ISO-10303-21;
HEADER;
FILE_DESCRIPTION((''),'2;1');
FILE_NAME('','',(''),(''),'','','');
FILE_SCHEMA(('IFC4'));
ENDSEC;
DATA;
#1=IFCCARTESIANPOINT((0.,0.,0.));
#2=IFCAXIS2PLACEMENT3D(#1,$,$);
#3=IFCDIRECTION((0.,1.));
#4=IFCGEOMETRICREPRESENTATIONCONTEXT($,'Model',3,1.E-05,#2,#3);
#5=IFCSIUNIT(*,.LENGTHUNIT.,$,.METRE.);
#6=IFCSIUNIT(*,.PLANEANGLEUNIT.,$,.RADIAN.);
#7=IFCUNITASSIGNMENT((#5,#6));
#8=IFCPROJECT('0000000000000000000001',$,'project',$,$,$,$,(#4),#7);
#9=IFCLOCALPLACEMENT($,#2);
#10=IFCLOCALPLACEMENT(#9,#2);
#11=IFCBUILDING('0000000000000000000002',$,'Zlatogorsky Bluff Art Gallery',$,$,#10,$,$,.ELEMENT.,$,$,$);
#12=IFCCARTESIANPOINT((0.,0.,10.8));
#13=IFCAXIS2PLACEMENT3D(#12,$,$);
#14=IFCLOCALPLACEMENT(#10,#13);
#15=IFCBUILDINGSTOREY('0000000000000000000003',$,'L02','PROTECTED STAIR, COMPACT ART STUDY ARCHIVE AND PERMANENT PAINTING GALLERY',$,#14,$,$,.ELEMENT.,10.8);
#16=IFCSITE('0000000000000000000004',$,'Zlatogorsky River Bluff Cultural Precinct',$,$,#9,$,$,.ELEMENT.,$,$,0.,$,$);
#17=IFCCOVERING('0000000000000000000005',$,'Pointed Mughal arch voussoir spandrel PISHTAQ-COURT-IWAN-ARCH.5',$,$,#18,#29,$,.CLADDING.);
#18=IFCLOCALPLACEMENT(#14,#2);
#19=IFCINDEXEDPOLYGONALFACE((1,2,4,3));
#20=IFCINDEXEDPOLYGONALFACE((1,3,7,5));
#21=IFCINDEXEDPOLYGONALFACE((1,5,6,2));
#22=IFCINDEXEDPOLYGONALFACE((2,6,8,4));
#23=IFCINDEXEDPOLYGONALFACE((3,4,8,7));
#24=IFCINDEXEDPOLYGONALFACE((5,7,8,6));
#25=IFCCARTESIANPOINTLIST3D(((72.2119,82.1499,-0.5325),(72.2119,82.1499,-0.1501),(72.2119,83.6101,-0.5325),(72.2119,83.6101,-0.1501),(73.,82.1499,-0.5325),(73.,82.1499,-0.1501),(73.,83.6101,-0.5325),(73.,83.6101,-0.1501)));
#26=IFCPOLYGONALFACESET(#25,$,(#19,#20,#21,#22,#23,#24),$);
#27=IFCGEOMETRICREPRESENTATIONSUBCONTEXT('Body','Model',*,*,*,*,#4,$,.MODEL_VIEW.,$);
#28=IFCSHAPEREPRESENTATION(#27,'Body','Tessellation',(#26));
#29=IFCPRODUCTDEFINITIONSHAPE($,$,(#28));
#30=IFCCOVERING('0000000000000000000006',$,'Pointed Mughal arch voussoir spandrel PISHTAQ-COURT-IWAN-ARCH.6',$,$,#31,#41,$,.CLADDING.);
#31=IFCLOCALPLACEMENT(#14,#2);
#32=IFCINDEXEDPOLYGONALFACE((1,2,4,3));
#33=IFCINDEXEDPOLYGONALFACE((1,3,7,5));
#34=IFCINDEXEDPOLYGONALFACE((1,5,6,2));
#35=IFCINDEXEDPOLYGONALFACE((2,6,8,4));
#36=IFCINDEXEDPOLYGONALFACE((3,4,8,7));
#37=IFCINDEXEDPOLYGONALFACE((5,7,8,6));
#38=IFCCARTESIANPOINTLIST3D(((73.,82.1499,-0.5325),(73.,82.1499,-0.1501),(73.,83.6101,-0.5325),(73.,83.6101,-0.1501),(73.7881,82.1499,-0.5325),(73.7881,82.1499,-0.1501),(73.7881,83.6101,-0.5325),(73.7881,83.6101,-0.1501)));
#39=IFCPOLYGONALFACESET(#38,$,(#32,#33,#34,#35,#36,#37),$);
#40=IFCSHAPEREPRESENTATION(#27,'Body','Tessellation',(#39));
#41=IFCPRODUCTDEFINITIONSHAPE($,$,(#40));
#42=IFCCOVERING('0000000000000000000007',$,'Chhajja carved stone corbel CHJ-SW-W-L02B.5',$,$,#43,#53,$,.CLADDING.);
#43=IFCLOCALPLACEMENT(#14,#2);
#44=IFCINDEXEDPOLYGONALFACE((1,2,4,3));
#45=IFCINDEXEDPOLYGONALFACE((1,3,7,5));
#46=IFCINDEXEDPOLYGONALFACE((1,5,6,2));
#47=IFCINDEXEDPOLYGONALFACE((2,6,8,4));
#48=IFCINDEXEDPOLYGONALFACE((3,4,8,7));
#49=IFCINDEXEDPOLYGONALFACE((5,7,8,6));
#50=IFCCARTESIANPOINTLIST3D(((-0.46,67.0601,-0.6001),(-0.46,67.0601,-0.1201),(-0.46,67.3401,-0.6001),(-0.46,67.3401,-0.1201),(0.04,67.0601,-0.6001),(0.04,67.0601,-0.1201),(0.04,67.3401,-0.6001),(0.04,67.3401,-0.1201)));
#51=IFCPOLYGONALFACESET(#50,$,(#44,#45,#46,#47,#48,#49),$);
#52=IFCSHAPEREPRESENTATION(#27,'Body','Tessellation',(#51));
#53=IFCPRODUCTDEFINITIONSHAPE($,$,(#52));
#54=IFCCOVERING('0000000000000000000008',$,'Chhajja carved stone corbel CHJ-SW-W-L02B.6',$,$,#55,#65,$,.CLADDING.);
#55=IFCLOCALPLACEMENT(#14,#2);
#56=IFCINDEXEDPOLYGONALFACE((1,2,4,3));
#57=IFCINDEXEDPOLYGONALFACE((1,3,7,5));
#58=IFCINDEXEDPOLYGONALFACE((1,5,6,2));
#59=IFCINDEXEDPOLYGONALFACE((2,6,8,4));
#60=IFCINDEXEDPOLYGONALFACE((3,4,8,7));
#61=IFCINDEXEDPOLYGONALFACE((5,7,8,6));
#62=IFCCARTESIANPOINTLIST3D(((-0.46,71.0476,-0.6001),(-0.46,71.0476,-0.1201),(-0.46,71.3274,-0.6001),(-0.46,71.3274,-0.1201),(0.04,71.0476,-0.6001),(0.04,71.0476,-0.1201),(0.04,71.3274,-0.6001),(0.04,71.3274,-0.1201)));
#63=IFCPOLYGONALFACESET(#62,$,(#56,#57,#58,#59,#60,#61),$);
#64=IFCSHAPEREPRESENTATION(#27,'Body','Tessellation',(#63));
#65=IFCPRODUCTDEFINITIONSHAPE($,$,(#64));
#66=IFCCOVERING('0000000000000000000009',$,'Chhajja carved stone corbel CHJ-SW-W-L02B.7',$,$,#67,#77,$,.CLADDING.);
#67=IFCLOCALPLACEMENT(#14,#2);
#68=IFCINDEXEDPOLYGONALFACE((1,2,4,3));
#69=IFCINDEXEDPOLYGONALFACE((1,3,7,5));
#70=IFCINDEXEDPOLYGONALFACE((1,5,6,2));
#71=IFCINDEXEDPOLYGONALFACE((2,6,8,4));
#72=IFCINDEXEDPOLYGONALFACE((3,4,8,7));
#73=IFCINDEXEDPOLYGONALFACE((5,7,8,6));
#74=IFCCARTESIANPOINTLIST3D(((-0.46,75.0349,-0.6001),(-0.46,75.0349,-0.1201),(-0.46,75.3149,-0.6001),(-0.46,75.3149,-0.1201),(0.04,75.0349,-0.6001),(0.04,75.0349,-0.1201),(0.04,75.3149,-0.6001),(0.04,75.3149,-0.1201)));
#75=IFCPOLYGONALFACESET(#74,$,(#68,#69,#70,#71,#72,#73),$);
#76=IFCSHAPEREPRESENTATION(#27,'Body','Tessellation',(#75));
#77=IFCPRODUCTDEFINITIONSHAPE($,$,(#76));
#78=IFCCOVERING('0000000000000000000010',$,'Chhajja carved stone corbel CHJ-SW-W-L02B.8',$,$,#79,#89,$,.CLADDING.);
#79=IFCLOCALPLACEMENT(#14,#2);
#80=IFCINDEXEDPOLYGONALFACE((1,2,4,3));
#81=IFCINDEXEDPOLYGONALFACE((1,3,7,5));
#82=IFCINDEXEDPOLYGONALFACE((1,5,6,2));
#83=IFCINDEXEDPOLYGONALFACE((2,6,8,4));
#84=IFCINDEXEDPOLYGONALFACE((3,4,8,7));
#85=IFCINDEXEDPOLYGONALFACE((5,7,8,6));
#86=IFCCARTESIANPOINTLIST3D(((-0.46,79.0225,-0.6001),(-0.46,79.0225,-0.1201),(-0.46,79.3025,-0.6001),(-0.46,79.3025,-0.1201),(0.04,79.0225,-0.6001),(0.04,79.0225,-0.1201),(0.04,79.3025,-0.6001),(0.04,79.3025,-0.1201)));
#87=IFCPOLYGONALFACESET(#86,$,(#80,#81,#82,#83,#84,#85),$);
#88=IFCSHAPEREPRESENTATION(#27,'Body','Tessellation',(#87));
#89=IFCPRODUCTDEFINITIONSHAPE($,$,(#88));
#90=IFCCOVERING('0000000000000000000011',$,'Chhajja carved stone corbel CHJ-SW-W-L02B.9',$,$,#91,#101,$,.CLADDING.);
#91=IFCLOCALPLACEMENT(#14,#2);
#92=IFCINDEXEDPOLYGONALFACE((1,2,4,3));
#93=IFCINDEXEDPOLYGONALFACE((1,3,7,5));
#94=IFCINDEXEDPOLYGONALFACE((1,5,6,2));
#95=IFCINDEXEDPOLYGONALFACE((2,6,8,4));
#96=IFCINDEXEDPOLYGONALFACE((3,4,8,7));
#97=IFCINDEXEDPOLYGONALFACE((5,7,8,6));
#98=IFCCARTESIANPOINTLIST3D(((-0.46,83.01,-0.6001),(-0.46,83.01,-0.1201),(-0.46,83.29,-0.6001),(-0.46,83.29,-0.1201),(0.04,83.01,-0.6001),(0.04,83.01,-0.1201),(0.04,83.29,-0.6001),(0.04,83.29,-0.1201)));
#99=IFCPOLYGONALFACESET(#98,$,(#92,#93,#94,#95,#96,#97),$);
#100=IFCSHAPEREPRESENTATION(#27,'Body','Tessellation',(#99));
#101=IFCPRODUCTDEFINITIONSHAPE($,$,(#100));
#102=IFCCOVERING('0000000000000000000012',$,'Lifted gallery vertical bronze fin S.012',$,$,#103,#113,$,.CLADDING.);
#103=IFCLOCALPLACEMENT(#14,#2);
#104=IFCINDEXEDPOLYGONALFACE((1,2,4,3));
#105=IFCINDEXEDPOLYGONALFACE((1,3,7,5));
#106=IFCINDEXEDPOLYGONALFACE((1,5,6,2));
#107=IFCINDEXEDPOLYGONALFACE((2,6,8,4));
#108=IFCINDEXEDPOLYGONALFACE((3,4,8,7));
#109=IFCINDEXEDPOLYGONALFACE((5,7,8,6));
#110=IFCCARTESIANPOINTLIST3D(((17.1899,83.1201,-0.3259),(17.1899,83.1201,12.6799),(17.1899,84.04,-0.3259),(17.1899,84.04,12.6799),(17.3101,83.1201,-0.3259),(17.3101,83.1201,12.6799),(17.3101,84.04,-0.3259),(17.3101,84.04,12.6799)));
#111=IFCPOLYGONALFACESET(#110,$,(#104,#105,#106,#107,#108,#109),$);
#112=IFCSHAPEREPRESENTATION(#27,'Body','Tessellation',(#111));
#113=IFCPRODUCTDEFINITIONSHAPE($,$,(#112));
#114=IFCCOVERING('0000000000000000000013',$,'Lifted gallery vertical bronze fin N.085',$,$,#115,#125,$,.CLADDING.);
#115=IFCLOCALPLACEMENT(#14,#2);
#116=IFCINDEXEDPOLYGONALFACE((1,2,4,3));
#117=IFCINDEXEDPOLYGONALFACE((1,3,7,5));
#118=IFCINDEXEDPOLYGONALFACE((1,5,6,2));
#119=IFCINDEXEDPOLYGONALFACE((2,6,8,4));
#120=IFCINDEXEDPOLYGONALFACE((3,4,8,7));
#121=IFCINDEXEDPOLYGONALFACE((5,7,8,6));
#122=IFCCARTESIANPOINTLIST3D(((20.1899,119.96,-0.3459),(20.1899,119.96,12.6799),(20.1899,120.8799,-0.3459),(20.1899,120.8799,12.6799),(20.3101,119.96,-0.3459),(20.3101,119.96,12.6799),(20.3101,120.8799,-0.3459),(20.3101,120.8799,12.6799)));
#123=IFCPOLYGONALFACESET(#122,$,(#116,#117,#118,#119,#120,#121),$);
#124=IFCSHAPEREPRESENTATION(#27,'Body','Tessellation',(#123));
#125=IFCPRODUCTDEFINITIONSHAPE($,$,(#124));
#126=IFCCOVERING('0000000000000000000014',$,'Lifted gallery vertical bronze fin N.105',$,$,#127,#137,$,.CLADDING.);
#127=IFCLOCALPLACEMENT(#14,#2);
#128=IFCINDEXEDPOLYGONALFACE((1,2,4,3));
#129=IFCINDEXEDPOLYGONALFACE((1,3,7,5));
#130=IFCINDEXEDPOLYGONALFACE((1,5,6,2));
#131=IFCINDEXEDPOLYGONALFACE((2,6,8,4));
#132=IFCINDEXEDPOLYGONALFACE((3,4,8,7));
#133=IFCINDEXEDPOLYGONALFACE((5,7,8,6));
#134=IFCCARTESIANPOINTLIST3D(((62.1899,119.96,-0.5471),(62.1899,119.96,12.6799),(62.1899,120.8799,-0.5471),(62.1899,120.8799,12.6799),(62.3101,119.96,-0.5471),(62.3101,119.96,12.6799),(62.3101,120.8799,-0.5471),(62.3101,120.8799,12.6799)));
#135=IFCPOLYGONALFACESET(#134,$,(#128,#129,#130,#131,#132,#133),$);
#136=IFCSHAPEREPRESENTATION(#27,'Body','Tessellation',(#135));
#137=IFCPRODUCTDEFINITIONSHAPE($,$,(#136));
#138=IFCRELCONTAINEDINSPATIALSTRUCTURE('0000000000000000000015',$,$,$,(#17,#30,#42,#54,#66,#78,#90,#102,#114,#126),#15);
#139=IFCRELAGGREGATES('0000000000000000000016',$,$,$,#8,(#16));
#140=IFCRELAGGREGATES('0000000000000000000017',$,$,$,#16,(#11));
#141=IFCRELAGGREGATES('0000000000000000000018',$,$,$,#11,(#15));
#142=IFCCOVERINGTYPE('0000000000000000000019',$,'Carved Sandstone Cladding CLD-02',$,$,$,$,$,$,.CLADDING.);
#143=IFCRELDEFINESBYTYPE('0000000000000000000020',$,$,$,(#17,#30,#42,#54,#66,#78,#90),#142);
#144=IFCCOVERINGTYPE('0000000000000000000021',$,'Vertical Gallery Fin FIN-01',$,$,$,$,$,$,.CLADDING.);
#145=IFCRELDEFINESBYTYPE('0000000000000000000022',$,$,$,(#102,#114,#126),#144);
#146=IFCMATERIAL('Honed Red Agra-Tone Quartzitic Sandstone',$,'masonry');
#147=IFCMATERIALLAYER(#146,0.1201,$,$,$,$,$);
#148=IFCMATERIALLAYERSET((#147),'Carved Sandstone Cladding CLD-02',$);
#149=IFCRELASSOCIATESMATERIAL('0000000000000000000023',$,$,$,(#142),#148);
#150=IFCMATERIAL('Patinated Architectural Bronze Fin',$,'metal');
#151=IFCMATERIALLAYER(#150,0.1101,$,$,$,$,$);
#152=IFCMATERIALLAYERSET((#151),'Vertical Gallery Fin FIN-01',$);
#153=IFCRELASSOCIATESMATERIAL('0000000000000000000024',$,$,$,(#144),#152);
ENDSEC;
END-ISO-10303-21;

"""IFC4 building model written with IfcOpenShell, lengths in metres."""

from ifc_helpers import new_model, si_unit, direction, frame, origin, place, context, subcontext, project, spatial, polyline, outline, extrude, material, layer, layer_set, type_object, element, save


model = new_model("IFC4")

# Units and contexts
model_context = context("Model", 3, precision=1e-05, world=origin(), true_north=direction((0.0, 1.0)))
body_context = subcontext(model_context, "Body", "Model", "MODEL_VIEW")
ifc_project = project(units=[si_unit("LENGTHUNIT", "METRE"), si_unit("PLANEANGLEUNIT", "RADIAN")], contexts=[model_context])

# Site, building, storey
site_placement = place(None, origin())
site = spatial("IfcSite", under=ifc_project, at=site_placement, Name="Zlatogorsky River Bluff Cultural Precinct", CompositionType="ELEMENT", RefElevation=0.0)
building_placement = place(site_placement, origin())
building = spatial("IfcBuilding", under=site, at=building_placement, Name="Zlatogorsky Bluff Art Gallery", CompositionType="ELEMENT")
storey_placement = place(building_placement, frame((0.0, 0.0, 10.8)))
storey = spatial("IfcBuildingStorey", under=building, at=storey_placement, Name="L02", Description="PROTECTED STAIR, COMPACT ART STUDY ARCHIVE AND PERMANENT PAINTING GALLERY", CompositionType="ELEMENT", Elevation=10.8)

# Coverings
ifc_material_1 = material(Name="Honed Red Agra-Tone Quartzitic Sandstone", Category="masonry")
ifc_layer_1 = layer(ifc_material_1, 0.1201)
ifc_layer_set_1 = layer_set([ifc_layer_1], Name="Carved Sandstone Cladding CLD-02")
covering_type_1 = type_object("IfcCoveringType", Name="Carved Sandstone Cladding CLD-02", PredefinedType="CLADDING", material=ifc_layer_set_1)
covering_1_placement = place(storey_placement, frame((0.0, 0.0, -0.5325)))
element("IfcCovering", 1, at=covering_1_placement, inside=storey, type_object=covering_type_1, Name="Pointed Mughal arch voussoir spandrel PISHTAQ-COURT-IWAN-ARCH.5", PredefinedType="CLADDING", context=body_context, shape_type="SweptSolid", body=[
    extrude(outline(polyline([(72.2119, 82.1499), (73.0, 82.1499), (73.0, 83.6101), (72.2119, 83.6101), (72.2119, 82.1499)])), origin(), (0.0, 0.0, 1.0), 0.3823),
])
covering_2_placement = place(storey_placement, frame((0.0, 0.0, -0.5325)))
element("IfcCovering", 2, at=covering_2_placement, inside=storey, type_object=covering_type_1, Name="Pointed Mughal arch voussoir spandrel PISHTAQ-COURT-IWAN-ARCH.6", PredefinedType="CLADDING", context=body_context, shape_type="SweptSolid", body=[
    extrude(outline(polyline([(73.0, 82.1499), (73.7881, 82.1499), (73.7881, 83.6101), (73.0, 83.6101), (73.0, 82.1499)])), origin(), (0.0, 0.0, 1.0), 0.3823),
])
covering_3_placement = place(storey_placement, frame((0.0, 0.0, -0.6001)))
element("IfcCovering", 3, at=covering_3_placement, inside=storey, type_object=covering_type_1, Name="Chhajja carved stone corbel CHJ-SW-W-L02B.5", PredefinedType="CLADDING", context=body_context, shape_type="SweptSolid", body=[
    extrude(outline(polyline([(-0.46, 67.0601), (-0.46, 67.3401), (0.04, 67.3401), (0.04, 67.0601), (-0.46, 67.0601)])), origin(), (0.0, 0.0, 1.0), 0.48),
])
covering_4_placement = place(storey_placement, frame((0.0, 0.0, -0.6001)))
element("IfcCovering", 4, at=covering_4_placement, inside=storey, type_object=covering_type_1, Name="Chhajja carved stone corbel CHJ-SW-W-L02B.6", PredefinedType="CLADDING", context=body_context, shape_type="SweptSolid", body=[
    extrude(outline(polyline([(-0.46, 71.0476), (-0.46, 71.3274), (0.04, 71.3274), (0.04, 71.0476), (-0.46, 71.0476)])), origin(), (0.0, 0.0, 1.0), 0.48),
])
covering_5_placement = place(storey_placement, frame((0.0, 0.0, -0.6001)))
element("IfcCovering", 5, at=covering_5_placement, inside=storey, type_object=covering_type_1, Name="Chhajja carved stone corbel CHJ-SW-W-L02B.7", PredefinedType="CLADDING", context=body_context, shape_type="SweptSolid", body=[
    extrude(outline(polyline([(-0.46, 75.0349), (-0.46, 75.3149), (0.04, 75.3149), (0.04, 75.0349), (-0.46, 75.0349)])), origin(), (0.0, 0.0, 1.0), 0.48),
])
covering_6_placement = place(storey_placement, frame((0.0, 0.0, -0.6001)))
element("IfcCovering", 6, at=covering_6_placement, inside=storey, type_object=covering_type_1, Name="Chhajja carved stone corbel CHJ-SW-W-L02B.8", PredefinedType="CLADDING", context=body_context, shape_type="SweptSolid", body=[
    extrude(outline(polyline([(-0.46, 79.0225), (-0.46, 79.3025), (0.04, 79.3025), (0.04, 79.0225), (-0.46, 79.0225)])), origin(), (0.0, 0.0, 1.0), 0.48),
])
covering_7_placement = place(storey_placement, frame((0.0, 0.0, -0.6001)))
element("IfcCovering", 7, at=covering_7_placement, inside=storey, type_object=covering_type_1, Name="Chhajja carved stone corbel CHJ-SW-W-L02B.9", PredefinedType="CLADDING", context=body_context, shape_type="SweptSolid", body=[
    extrude(outline(polyline([(-0.46, 83.01), (-0.46, 83.29), (0.04, 83.29), (0.04, 83.01), (-0.46, 83.01)])), origin(), (0.0, 0.0, 1.0), 0.48),
])
ifc_material_2 = material(Name="Patinated Architectural Bronze Fin", Category="metal")
ifc_layer_2 = layer(ifc_material_2, 0.1101)
ifc_layer_set_2 = layer_set([ifc_layer_2], Name="Vertical Gallery Fin FIN-01")
covering_type_2 = type_object("IfcCoveringType", Name="Vertical Gallery Fin FIN-01", PredefinedType="CLADDING", material=ifc_layer_set_2)
covering_8_placement = place(storey_placement, frame((0.0, 0.0, -0.3259)))
element("IfcCovering", 8, at=covering_8_placement, inside=storey, type_object=covering_type_2, Name="Lifted gallery vertical bronze fin S.012", PredefinedType="CLADDING", context=body_context, shape_type="SweptSolid", body=[
    extrude(outline(polyline([(17.1899, 83.1201), (17.3101, 83.1201), (17.3101, 84.04), (17.1899, 84.04), (17.1899, 83.1201)])), origin(), (0.0, 0.0, 1.0), 13.0059),
])
covering_9_placement = place(storey_placement, frame((0.0, 0.0, -0.3459)))
element("IfcCovering", 9, at=covering_9_placement, inside=storey, type_object=covering_type_2, Name="Lifted gallery vertical bronze fin N.085", PredefinedType="CLADDING", context=body_context, shape_type="SweptSolid", body=[
    extrude(outline(polyline([(20.1899, 119.96), (20.3101, 119.96), (20.3101, 120.8799), (20.1899, 120.8799), (20.1899, 119.96)])), origin(), (0.0, 0.0, 1.0), 13.0259),
])
covering_10_placement = place(storey_placement, frame((0.0, 0.0, -0.5471)))
element("IfcCovering", 10, at=covering_10_placement, inside=storey, type_object=covering_type_2, Name="Lifted gallery vertical bronze fin N.105", PredefinedType="CLADDING", context=body_context, shape_type="SweptSolid", body=[
    extrude(outline(polyline([(62.1899, 119.96), (62.3101, 119.96), (62.3101, 120.8799), (62.1899, 120.8799), (62.1899, 119.96)])), origin(), (0.0, 0.0, 1.0), 13.2271),
])

save(model, "model.ifc")
